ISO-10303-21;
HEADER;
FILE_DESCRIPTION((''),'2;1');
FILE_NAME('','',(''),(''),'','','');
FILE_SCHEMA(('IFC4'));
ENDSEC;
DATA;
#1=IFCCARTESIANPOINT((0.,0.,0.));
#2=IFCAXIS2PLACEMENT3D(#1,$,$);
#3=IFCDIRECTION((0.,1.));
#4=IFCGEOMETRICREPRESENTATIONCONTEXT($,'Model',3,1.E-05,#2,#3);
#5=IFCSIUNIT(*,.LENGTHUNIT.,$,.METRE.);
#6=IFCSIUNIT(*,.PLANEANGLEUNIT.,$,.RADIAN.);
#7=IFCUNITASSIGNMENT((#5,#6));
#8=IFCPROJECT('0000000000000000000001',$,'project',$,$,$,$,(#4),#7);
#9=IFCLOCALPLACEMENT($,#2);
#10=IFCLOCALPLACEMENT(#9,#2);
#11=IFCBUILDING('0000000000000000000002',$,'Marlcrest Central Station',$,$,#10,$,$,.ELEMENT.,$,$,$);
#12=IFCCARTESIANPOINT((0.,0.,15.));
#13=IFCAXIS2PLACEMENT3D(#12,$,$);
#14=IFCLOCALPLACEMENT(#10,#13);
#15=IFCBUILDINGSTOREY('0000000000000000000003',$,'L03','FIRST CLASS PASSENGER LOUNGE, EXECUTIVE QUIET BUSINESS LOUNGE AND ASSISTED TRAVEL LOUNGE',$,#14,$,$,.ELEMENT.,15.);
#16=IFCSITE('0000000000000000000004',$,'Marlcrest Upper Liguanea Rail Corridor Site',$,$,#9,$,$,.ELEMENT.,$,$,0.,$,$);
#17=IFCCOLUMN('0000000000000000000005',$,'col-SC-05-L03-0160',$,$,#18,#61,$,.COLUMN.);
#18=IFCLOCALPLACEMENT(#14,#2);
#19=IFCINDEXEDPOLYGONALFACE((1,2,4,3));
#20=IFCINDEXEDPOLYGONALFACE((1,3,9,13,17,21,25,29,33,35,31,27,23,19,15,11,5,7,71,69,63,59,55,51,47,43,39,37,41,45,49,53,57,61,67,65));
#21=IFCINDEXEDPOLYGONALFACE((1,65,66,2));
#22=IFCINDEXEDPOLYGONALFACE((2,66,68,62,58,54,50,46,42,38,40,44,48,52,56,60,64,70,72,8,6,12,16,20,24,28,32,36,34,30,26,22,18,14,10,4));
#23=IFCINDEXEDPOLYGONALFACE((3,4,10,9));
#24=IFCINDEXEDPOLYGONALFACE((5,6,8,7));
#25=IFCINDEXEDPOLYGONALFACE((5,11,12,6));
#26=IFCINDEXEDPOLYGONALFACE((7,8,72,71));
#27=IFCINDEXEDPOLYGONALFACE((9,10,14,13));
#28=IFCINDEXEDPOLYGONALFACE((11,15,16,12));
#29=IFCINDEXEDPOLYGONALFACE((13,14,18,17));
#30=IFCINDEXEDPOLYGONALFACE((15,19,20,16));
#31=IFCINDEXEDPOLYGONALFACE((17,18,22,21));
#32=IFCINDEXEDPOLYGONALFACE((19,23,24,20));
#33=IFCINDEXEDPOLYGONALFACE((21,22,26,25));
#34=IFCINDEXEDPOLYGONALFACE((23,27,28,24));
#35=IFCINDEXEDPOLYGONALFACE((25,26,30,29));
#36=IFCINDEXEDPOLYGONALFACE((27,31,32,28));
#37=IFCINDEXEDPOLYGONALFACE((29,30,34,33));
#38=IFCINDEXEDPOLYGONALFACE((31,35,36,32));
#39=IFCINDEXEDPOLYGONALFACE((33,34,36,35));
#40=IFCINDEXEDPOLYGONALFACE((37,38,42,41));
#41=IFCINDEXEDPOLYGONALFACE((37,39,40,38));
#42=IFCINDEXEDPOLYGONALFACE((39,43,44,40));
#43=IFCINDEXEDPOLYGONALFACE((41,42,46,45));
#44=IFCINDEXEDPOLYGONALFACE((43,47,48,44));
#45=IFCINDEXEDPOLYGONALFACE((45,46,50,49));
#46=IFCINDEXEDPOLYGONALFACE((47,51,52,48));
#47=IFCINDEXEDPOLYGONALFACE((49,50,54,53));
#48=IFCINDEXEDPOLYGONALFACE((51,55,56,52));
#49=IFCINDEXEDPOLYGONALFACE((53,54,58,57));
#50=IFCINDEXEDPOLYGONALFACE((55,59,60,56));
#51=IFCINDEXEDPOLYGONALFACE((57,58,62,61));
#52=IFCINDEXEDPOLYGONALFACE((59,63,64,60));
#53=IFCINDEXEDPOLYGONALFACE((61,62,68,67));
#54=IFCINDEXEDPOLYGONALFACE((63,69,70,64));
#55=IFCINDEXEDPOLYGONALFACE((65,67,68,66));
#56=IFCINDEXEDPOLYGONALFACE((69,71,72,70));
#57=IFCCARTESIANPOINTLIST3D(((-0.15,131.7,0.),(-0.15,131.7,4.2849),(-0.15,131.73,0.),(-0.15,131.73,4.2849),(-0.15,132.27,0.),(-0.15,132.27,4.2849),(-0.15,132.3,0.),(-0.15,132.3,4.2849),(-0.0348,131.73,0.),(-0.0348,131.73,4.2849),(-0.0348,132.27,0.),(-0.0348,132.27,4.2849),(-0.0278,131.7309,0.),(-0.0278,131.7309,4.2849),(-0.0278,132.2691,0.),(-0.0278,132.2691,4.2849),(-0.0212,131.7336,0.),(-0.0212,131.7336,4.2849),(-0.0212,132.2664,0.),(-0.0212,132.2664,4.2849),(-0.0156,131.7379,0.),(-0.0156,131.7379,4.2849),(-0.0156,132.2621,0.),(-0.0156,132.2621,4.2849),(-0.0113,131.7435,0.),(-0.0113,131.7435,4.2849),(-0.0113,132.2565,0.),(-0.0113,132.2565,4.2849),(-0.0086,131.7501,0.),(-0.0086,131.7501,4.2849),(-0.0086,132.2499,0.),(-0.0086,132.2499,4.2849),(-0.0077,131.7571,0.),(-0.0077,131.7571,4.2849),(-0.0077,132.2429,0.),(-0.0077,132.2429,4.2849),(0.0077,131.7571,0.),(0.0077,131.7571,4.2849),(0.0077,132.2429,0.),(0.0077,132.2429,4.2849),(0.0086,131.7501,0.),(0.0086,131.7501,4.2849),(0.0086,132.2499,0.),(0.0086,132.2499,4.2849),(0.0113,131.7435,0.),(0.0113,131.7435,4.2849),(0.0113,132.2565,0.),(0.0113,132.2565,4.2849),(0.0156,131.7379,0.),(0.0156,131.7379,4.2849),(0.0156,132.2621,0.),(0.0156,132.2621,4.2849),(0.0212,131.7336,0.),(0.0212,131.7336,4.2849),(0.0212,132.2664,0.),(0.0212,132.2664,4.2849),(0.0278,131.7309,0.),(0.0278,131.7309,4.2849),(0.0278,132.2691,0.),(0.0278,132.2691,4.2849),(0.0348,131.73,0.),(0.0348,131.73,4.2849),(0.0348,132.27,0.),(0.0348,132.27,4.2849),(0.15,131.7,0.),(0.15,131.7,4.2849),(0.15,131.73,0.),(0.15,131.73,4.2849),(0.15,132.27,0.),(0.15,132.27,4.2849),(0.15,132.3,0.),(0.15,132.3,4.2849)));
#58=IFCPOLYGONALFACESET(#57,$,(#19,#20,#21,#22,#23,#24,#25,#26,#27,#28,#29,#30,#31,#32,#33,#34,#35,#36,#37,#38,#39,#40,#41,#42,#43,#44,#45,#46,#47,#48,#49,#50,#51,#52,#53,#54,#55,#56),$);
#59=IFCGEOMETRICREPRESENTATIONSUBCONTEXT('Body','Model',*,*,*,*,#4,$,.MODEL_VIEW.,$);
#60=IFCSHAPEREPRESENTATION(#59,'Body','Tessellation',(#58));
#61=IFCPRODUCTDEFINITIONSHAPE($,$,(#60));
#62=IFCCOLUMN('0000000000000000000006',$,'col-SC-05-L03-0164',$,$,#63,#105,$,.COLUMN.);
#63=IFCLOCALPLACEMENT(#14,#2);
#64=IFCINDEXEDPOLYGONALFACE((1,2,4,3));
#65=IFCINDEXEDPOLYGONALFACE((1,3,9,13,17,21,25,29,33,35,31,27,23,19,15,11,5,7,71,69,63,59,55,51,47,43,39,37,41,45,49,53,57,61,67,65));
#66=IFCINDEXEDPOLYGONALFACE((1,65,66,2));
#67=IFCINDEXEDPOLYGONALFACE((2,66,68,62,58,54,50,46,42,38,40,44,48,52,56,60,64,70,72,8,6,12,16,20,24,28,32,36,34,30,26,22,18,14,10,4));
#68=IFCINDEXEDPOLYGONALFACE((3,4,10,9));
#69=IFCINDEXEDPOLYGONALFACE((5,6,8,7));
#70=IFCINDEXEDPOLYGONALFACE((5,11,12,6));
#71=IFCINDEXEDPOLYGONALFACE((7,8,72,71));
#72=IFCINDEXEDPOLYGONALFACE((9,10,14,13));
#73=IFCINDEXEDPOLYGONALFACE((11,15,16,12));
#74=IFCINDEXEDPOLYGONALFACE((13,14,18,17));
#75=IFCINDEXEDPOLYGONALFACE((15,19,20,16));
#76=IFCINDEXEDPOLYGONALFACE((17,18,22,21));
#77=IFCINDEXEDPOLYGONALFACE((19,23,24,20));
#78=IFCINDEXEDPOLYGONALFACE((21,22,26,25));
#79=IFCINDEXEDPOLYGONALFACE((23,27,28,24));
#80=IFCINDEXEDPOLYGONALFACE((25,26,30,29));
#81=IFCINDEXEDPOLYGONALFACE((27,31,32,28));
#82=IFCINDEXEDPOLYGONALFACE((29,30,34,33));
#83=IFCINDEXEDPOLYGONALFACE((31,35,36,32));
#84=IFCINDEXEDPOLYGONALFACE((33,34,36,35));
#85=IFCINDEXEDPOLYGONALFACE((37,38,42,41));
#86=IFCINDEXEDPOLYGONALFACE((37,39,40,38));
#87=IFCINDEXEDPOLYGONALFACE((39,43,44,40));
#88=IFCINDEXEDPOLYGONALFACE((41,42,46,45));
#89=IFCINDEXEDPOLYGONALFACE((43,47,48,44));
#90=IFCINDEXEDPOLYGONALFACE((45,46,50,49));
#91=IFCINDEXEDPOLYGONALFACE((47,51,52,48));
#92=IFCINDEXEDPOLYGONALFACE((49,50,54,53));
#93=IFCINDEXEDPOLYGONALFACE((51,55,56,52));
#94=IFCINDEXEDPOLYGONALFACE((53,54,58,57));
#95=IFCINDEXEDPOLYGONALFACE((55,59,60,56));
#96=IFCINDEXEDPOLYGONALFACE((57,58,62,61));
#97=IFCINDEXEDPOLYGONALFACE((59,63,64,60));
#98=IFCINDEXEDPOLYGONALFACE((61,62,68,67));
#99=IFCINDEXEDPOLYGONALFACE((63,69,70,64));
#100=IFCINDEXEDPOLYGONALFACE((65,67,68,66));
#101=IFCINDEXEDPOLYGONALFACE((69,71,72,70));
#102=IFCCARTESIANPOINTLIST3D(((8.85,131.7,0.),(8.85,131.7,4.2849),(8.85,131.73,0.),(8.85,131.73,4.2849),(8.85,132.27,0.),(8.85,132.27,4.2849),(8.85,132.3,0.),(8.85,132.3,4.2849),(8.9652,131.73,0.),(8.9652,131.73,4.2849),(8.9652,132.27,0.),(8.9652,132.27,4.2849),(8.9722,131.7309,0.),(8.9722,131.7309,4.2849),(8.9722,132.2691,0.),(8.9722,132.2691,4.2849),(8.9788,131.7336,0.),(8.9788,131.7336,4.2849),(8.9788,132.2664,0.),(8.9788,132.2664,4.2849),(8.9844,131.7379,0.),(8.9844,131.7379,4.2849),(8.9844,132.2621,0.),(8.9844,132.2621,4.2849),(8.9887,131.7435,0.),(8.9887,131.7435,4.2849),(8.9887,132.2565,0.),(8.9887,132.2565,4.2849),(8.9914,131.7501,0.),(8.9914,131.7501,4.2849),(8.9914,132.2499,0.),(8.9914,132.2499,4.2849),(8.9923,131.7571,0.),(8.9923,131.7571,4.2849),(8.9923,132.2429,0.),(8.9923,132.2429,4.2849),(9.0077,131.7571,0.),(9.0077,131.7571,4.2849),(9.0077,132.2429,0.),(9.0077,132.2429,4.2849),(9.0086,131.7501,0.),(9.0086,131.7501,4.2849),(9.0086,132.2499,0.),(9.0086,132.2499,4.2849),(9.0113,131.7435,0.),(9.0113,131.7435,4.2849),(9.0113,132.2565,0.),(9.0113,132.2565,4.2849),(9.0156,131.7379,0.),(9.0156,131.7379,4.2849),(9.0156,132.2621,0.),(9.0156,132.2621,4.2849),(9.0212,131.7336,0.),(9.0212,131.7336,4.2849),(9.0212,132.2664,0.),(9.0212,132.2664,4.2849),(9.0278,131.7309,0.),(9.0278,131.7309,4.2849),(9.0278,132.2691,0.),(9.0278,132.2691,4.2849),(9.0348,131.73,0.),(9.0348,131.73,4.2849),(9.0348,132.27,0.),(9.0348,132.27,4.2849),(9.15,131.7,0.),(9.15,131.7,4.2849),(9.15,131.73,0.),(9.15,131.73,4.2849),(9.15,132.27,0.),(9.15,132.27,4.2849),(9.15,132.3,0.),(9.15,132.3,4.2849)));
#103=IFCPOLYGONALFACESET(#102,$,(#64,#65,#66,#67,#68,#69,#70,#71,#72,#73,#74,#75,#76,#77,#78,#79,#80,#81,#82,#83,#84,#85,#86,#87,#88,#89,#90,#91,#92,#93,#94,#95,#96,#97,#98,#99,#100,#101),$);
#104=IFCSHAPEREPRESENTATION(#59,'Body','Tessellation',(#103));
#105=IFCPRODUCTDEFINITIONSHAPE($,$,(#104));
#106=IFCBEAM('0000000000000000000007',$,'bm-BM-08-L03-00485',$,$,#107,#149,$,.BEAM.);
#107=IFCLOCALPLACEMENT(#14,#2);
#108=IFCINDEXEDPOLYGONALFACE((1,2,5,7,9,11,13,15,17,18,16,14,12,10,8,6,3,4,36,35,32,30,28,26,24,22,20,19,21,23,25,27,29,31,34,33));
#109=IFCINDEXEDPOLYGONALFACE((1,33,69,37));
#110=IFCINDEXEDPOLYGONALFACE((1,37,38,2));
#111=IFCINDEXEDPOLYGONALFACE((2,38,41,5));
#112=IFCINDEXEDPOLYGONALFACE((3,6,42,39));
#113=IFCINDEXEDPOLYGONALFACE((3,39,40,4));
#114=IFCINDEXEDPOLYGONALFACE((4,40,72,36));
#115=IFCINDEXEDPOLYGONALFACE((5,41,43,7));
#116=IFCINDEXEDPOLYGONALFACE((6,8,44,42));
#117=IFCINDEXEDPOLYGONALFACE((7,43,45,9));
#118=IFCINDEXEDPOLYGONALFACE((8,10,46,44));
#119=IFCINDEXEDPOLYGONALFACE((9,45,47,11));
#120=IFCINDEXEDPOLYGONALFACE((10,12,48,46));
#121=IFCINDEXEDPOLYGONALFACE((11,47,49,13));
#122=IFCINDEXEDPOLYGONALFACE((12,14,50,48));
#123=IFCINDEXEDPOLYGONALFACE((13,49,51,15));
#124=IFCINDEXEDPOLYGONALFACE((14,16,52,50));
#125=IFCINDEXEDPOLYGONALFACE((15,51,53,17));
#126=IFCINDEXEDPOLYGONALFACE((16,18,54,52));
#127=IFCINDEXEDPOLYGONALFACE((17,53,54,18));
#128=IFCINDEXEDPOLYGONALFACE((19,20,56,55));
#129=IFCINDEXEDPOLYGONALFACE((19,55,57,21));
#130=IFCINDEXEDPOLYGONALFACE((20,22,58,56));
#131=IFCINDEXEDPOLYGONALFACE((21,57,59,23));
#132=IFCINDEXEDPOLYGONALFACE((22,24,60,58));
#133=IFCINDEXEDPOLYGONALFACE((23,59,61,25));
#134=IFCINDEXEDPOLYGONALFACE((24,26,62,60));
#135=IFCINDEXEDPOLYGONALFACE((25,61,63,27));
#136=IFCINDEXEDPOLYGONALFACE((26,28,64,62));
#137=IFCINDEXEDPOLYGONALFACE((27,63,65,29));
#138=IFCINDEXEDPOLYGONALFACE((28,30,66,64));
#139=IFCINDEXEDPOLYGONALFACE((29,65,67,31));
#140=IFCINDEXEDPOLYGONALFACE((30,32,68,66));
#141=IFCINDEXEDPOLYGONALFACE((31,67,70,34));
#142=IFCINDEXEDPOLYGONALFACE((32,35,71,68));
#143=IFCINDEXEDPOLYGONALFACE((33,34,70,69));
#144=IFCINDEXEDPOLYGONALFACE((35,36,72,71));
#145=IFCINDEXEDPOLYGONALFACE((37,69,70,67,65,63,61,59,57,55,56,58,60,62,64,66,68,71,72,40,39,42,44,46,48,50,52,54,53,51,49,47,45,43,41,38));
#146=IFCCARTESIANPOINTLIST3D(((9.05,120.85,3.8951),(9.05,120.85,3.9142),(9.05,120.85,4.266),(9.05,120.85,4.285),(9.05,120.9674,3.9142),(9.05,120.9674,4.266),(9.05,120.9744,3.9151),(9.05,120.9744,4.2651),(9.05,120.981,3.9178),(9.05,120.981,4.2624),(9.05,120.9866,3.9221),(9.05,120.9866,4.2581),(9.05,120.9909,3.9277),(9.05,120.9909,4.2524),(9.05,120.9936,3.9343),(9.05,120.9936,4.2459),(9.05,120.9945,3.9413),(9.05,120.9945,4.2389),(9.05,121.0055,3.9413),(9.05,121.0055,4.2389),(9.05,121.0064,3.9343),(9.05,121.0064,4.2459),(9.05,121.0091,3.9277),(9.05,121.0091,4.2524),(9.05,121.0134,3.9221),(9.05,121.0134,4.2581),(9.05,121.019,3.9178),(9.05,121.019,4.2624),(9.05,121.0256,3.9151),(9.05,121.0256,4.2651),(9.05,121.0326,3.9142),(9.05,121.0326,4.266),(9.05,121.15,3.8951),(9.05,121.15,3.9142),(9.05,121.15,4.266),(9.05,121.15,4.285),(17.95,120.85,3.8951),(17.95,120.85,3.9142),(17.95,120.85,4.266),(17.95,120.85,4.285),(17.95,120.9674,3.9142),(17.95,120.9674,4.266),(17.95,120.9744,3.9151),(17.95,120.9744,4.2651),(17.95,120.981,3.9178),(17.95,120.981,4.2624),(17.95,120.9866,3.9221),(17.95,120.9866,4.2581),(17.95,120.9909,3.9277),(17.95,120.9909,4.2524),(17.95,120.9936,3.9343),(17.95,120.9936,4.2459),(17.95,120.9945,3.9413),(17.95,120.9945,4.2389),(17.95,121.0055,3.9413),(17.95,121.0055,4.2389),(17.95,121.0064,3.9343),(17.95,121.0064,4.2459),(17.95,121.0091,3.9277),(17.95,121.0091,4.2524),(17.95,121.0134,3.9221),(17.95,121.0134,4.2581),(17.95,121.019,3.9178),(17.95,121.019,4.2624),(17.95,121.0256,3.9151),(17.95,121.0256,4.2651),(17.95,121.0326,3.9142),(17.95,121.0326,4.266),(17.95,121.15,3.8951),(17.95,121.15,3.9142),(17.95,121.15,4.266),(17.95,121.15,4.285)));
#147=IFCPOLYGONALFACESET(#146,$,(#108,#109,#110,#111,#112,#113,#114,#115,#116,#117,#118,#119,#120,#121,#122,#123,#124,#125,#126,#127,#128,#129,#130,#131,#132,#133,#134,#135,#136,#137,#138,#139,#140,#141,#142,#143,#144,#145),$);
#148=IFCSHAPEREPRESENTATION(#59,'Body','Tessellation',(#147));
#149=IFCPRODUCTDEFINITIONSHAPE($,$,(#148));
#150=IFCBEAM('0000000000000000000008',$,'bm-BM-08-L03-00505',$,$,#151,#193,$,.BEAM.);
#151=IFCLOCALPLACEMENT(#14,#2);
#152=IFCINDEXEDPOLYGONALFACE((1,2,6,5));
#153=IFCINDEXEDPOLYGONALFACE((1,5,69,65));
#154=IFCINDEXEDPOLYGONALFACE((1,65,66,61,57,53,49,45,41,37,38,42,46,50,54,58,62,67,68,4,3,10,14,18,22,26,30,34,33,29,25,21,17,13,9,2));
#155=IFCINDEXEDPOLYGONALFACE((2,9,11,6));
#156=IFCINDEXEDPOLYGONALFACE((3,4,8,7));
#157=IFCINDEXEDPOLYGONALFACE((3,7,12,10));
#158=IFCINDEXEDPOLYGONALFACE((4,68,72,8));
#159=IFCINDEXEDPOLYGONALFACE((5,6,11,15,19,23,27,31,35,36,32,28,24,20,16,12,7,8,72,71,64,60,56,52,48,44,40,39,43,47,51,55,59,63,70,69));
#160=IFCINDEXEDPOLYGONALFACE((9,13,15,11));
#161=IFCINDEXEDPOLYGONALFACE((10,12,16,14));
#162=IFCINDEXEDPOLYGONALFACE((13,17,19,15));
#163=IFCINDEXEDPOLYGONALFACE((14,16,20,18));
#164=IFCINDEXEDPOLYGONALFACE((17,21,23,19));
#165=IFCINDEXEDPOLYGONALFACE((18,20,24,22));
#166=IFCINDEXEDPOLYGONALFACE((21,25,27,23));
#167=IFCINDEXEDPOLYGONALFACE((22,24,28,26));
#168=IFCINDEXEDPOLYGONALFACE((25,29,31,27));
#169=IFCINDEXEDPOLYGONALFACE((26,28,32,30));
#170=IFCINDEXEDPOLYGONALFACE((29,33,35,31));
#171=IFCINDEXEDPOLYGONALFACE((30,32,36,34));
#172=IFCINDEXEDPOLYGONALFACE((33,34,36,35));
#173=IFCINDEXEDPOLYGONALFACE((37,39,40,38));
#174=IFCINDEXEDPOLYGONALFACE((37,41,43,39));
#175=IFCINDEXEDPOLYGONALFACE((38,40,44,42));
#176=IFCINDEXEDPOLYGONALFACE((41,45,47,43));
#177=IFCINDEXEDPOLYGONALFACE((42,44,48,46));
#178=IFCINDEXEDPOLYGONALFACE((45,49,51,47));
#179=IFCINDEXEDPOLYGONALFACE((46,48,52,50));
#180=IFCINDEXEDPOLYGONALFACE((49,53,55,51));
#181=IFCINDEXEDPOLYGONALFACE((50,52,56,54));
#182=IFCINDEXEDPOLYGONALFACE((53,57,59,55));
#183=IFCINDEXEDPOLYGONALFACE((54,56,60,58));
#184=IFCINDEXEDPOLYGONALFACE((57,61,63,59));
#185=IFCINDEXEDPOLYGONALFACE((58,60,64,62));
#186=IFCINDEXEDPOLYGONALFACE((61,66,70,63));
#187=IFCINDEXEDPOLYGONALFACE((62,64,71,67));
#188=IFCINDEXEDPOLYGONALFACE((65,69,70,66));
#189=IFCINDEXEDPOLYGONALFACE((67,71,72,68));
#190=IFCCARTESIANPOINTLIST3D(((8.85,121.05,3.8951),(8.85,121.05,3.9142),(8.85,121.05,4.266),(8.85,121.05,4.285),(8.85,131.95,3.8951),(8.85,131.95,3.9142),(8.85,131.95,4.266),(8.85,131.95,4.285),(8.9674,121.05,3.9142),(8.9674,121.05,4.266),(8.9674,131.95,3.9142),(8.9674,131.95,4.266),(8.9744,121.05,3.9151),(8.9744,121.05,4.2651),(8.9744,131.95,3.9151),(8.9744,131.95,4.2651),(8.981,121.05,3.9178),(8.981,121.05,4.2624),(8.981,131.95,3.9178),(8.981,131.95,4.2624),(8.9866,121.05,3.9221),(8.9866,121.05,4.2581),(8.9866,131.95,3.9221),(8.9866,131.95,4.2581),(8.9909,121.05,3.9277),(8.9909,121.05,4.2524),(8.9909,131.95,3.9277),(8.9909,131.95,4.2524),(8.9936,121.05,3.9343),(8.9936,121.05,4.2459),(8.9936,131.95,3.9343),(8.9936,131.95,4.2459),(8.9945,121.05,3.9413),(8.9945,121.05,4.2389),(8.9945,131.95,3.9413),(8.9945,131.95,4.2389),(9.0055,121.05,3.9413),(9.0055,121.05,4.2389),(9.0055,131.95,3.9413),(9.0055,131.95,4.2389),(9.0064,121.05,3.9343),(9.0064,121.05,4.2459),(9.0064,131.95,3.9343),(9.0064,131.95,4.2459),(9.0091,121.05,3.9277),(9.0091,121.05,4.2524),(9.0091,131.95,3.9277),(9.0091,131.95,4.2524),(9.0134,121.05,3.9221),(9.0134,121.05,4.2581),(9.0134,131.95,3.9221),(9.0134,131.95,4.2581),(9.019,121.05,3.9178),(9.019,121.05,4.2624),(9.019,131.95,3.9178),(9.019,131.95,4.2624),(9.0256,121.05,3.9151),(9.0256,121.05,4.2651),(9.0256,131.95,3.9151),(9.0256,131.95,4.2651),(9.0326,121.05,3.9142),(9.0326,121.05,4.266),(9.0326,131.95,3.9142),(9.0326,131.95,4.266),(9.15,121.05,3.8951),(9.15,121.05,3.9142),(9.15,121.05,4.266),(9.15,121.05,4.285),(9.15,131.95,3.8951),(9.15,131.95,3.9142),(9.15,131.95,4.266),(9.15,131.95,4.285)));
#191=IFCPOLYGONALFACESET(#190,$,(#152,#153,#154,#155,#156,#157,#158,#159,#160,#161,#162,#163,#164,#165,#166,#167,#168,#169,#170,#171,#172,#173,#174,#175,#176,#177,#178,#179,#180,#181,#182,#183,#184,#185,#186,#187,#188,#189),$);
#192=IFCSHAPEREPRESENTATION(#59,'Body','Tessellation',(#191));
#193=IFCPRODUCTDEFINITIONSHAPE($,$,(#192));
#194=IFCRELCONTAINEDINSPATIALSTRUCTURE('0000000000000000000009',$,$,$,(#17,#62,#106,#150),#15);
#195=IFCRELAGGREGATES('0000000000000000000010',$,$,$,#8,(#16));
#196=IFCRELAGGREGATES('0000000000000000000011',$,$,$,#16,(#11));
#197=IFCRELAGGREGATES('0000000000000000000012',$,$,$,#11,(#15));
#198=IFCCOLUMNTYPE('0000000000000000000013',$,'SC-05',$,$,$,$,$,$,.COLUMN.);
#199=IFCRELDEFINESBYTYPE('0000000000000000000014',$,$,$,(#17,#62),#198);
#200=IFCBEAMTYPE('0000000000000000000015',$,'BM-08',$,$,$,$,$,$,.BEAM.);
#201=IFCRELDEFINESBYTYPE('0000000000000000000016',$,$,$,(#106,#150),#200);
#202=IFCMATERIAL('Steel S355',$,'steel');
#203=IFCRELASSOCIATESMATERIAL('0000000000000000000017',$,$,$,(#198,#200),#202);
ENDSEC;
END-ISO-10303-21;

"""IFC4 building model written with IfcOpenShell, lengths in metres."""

from ifc_helpers import new_model, si_unit, direction, frame, origin, origin_2d, place, context, subcontext, project, spatial, i_section, extrude, material, material_profile, profile_set, type_object, element, save


model = new_model("IFC4")

# Units and contexts
model_context = context("Model", 3, precision=1e-05, world=origin(), true_north=direction((0.0, 1.0)))
body_context = subcontext(model_context, "Body", "Model", "MODEL_VIEW")
ifc_project = project(units=[si_unit("LENGTHUNIT", "METRE"), si_unit("PLANEANGLEUNIT", "RADIAN")], contexts=[model_context])

# Site, building, storey
site_placement = place(None, origin())
site = spatial("IfcSite", under=ifc_project, at=site_placement, Name="Marlcrest Upper Liguanea Rail Corridor Site", CompositionType="ELEMENT", RefElevation=0.0)
building_placement = place(site_placement, origin())
building = spatial("IfcBuilding", under=site, at=building_placement, Name="Marlcrest Central Station", CompositionType="ELEMENT")
storey_placement = place(building_placement, frame((0.0, 0.0, 15.0)))
storey = spatial("IfcBuildingStorey", under=building, at=storey_placement, Name="L03", Description="FIRST CLASS PASSENGER LOUNGE, EXECUTIVE QUIET BUSINESS LOUNGE AND ASSISTED TRAVEL LOUNGE", CompositionType="ELEMENT", Elevation=15.0)

# Columns
ifc_material_1 = material(Name="Steel S355", Category="steel")
ifc_material_profile_1 = material_profile(ifc_material_1, i_section(OverallWidth=0.3, OverallDepth=0.6001, WebThickness=0.0154, FlangeThickness=0.03, FilletRadius=0.0271, at=origin_2d()), Name="HEB 600")
ifc_profile_set_1 = profile_set([ifc_material_profile_1], Name="Steel S355")
column_type = type_object("IfcColumnType", Name="SC-05", PredefinedType="COLUMN", material=ifc_profile_set_1)
for number, where, z_axis, x_axis, name in (
    (1, (0.0, 132.0, 0.0), (0.0, 0.0, 1.0), (1.0, 0.0, 0.0), "col-SC-05-L03-0160"),
    (2, (9.0, 132.0, 0.0), (0.0, 0.0, 1.0), (1.0, 0.0, 0.0), "col-SC-05-L03-0164"),
):
    element("IfcColumn", number, at=place(storey_placement, frame(where, z_axis=z_axis, x_axis=x_axis)), inside=storey, type_object=column_type, Name=name, PredefinedType="COLUMN", context=body_context, shape_type="SweptSolid", body=[
        extrude(i_section(OverallWidth=0.3, OverallDepth=0.6001, WebThickness=0.0154, FlangeThickness=0.03, FilletRadius=0.0271, at=origin_2d()), origin(), (0.0, 0.0, 1.0), 4.2849),
    ])

# Beams
ifc_material_profile_2 = material_profile(ifc_material_1, i_section(OverallWidth=0.3, OverallDepth=0.3899, WebThickness=0.011, FlangeThickness=0.019, FilletRadius=0.0271, at=origin_2d()), Name="HEA 400")
ifc_profile_set_2 = profile_set([ifc_material_profile_2], Name="Steel S355")
beam_type_1 = type_object("IfcBeamType", Name="BM-08", PredefinedType="BEAM", material=ifc_profile_set_2)
beam_1_placement = place(storey_placement, frame((9.05, 121.0, 4.0901), z_axis=(1.0, 0.0, 0.0), x_axis=(0.0, 1.0, 0.0)))
element("IfcBeam", 3, at=beam_1_placement, inside=storey, type_object=beam_type_1, Name="bm-BM-08-L03-00485", PredefinedType="BEAM", context=body_context, shape_type="SweptSolid", body=[
    extrude(i_section(OverallWidth=0.3, OverallDepth=0.3899, WebThickness=0.011, FlangeThickness=0.019, FilletRadius=0.0271, at=origin_2d()), origin(), (0.0, 0.0, 1.0), 8.8999),
])
beam_2_placement = place(storey_placement, frame((9.0, 121.05, 4.0901), z_axis=(0.0, 1.0, 0.0), x_axis=(-1.0, 0.0, 0.0)))
element("IfcBeam", 4, at=beam_2_placement, inside=storey, type_object=beam_type_1, Name="bm-BM-08-L03-00505", PredefinedType="BEAM", context=body_context, shape_type="SweptSolid", body=[
    extrude(i_section(OverallWidth=0.3, OverallDepth=0.3899, WebThickness=0.011, FlangeThickness=0.019, FilletRadius=0.0271, at=origin_2d()), origin(), (0.0, 0.0, 1.0), 10.8999),
])

save(model, "model.ifc")
